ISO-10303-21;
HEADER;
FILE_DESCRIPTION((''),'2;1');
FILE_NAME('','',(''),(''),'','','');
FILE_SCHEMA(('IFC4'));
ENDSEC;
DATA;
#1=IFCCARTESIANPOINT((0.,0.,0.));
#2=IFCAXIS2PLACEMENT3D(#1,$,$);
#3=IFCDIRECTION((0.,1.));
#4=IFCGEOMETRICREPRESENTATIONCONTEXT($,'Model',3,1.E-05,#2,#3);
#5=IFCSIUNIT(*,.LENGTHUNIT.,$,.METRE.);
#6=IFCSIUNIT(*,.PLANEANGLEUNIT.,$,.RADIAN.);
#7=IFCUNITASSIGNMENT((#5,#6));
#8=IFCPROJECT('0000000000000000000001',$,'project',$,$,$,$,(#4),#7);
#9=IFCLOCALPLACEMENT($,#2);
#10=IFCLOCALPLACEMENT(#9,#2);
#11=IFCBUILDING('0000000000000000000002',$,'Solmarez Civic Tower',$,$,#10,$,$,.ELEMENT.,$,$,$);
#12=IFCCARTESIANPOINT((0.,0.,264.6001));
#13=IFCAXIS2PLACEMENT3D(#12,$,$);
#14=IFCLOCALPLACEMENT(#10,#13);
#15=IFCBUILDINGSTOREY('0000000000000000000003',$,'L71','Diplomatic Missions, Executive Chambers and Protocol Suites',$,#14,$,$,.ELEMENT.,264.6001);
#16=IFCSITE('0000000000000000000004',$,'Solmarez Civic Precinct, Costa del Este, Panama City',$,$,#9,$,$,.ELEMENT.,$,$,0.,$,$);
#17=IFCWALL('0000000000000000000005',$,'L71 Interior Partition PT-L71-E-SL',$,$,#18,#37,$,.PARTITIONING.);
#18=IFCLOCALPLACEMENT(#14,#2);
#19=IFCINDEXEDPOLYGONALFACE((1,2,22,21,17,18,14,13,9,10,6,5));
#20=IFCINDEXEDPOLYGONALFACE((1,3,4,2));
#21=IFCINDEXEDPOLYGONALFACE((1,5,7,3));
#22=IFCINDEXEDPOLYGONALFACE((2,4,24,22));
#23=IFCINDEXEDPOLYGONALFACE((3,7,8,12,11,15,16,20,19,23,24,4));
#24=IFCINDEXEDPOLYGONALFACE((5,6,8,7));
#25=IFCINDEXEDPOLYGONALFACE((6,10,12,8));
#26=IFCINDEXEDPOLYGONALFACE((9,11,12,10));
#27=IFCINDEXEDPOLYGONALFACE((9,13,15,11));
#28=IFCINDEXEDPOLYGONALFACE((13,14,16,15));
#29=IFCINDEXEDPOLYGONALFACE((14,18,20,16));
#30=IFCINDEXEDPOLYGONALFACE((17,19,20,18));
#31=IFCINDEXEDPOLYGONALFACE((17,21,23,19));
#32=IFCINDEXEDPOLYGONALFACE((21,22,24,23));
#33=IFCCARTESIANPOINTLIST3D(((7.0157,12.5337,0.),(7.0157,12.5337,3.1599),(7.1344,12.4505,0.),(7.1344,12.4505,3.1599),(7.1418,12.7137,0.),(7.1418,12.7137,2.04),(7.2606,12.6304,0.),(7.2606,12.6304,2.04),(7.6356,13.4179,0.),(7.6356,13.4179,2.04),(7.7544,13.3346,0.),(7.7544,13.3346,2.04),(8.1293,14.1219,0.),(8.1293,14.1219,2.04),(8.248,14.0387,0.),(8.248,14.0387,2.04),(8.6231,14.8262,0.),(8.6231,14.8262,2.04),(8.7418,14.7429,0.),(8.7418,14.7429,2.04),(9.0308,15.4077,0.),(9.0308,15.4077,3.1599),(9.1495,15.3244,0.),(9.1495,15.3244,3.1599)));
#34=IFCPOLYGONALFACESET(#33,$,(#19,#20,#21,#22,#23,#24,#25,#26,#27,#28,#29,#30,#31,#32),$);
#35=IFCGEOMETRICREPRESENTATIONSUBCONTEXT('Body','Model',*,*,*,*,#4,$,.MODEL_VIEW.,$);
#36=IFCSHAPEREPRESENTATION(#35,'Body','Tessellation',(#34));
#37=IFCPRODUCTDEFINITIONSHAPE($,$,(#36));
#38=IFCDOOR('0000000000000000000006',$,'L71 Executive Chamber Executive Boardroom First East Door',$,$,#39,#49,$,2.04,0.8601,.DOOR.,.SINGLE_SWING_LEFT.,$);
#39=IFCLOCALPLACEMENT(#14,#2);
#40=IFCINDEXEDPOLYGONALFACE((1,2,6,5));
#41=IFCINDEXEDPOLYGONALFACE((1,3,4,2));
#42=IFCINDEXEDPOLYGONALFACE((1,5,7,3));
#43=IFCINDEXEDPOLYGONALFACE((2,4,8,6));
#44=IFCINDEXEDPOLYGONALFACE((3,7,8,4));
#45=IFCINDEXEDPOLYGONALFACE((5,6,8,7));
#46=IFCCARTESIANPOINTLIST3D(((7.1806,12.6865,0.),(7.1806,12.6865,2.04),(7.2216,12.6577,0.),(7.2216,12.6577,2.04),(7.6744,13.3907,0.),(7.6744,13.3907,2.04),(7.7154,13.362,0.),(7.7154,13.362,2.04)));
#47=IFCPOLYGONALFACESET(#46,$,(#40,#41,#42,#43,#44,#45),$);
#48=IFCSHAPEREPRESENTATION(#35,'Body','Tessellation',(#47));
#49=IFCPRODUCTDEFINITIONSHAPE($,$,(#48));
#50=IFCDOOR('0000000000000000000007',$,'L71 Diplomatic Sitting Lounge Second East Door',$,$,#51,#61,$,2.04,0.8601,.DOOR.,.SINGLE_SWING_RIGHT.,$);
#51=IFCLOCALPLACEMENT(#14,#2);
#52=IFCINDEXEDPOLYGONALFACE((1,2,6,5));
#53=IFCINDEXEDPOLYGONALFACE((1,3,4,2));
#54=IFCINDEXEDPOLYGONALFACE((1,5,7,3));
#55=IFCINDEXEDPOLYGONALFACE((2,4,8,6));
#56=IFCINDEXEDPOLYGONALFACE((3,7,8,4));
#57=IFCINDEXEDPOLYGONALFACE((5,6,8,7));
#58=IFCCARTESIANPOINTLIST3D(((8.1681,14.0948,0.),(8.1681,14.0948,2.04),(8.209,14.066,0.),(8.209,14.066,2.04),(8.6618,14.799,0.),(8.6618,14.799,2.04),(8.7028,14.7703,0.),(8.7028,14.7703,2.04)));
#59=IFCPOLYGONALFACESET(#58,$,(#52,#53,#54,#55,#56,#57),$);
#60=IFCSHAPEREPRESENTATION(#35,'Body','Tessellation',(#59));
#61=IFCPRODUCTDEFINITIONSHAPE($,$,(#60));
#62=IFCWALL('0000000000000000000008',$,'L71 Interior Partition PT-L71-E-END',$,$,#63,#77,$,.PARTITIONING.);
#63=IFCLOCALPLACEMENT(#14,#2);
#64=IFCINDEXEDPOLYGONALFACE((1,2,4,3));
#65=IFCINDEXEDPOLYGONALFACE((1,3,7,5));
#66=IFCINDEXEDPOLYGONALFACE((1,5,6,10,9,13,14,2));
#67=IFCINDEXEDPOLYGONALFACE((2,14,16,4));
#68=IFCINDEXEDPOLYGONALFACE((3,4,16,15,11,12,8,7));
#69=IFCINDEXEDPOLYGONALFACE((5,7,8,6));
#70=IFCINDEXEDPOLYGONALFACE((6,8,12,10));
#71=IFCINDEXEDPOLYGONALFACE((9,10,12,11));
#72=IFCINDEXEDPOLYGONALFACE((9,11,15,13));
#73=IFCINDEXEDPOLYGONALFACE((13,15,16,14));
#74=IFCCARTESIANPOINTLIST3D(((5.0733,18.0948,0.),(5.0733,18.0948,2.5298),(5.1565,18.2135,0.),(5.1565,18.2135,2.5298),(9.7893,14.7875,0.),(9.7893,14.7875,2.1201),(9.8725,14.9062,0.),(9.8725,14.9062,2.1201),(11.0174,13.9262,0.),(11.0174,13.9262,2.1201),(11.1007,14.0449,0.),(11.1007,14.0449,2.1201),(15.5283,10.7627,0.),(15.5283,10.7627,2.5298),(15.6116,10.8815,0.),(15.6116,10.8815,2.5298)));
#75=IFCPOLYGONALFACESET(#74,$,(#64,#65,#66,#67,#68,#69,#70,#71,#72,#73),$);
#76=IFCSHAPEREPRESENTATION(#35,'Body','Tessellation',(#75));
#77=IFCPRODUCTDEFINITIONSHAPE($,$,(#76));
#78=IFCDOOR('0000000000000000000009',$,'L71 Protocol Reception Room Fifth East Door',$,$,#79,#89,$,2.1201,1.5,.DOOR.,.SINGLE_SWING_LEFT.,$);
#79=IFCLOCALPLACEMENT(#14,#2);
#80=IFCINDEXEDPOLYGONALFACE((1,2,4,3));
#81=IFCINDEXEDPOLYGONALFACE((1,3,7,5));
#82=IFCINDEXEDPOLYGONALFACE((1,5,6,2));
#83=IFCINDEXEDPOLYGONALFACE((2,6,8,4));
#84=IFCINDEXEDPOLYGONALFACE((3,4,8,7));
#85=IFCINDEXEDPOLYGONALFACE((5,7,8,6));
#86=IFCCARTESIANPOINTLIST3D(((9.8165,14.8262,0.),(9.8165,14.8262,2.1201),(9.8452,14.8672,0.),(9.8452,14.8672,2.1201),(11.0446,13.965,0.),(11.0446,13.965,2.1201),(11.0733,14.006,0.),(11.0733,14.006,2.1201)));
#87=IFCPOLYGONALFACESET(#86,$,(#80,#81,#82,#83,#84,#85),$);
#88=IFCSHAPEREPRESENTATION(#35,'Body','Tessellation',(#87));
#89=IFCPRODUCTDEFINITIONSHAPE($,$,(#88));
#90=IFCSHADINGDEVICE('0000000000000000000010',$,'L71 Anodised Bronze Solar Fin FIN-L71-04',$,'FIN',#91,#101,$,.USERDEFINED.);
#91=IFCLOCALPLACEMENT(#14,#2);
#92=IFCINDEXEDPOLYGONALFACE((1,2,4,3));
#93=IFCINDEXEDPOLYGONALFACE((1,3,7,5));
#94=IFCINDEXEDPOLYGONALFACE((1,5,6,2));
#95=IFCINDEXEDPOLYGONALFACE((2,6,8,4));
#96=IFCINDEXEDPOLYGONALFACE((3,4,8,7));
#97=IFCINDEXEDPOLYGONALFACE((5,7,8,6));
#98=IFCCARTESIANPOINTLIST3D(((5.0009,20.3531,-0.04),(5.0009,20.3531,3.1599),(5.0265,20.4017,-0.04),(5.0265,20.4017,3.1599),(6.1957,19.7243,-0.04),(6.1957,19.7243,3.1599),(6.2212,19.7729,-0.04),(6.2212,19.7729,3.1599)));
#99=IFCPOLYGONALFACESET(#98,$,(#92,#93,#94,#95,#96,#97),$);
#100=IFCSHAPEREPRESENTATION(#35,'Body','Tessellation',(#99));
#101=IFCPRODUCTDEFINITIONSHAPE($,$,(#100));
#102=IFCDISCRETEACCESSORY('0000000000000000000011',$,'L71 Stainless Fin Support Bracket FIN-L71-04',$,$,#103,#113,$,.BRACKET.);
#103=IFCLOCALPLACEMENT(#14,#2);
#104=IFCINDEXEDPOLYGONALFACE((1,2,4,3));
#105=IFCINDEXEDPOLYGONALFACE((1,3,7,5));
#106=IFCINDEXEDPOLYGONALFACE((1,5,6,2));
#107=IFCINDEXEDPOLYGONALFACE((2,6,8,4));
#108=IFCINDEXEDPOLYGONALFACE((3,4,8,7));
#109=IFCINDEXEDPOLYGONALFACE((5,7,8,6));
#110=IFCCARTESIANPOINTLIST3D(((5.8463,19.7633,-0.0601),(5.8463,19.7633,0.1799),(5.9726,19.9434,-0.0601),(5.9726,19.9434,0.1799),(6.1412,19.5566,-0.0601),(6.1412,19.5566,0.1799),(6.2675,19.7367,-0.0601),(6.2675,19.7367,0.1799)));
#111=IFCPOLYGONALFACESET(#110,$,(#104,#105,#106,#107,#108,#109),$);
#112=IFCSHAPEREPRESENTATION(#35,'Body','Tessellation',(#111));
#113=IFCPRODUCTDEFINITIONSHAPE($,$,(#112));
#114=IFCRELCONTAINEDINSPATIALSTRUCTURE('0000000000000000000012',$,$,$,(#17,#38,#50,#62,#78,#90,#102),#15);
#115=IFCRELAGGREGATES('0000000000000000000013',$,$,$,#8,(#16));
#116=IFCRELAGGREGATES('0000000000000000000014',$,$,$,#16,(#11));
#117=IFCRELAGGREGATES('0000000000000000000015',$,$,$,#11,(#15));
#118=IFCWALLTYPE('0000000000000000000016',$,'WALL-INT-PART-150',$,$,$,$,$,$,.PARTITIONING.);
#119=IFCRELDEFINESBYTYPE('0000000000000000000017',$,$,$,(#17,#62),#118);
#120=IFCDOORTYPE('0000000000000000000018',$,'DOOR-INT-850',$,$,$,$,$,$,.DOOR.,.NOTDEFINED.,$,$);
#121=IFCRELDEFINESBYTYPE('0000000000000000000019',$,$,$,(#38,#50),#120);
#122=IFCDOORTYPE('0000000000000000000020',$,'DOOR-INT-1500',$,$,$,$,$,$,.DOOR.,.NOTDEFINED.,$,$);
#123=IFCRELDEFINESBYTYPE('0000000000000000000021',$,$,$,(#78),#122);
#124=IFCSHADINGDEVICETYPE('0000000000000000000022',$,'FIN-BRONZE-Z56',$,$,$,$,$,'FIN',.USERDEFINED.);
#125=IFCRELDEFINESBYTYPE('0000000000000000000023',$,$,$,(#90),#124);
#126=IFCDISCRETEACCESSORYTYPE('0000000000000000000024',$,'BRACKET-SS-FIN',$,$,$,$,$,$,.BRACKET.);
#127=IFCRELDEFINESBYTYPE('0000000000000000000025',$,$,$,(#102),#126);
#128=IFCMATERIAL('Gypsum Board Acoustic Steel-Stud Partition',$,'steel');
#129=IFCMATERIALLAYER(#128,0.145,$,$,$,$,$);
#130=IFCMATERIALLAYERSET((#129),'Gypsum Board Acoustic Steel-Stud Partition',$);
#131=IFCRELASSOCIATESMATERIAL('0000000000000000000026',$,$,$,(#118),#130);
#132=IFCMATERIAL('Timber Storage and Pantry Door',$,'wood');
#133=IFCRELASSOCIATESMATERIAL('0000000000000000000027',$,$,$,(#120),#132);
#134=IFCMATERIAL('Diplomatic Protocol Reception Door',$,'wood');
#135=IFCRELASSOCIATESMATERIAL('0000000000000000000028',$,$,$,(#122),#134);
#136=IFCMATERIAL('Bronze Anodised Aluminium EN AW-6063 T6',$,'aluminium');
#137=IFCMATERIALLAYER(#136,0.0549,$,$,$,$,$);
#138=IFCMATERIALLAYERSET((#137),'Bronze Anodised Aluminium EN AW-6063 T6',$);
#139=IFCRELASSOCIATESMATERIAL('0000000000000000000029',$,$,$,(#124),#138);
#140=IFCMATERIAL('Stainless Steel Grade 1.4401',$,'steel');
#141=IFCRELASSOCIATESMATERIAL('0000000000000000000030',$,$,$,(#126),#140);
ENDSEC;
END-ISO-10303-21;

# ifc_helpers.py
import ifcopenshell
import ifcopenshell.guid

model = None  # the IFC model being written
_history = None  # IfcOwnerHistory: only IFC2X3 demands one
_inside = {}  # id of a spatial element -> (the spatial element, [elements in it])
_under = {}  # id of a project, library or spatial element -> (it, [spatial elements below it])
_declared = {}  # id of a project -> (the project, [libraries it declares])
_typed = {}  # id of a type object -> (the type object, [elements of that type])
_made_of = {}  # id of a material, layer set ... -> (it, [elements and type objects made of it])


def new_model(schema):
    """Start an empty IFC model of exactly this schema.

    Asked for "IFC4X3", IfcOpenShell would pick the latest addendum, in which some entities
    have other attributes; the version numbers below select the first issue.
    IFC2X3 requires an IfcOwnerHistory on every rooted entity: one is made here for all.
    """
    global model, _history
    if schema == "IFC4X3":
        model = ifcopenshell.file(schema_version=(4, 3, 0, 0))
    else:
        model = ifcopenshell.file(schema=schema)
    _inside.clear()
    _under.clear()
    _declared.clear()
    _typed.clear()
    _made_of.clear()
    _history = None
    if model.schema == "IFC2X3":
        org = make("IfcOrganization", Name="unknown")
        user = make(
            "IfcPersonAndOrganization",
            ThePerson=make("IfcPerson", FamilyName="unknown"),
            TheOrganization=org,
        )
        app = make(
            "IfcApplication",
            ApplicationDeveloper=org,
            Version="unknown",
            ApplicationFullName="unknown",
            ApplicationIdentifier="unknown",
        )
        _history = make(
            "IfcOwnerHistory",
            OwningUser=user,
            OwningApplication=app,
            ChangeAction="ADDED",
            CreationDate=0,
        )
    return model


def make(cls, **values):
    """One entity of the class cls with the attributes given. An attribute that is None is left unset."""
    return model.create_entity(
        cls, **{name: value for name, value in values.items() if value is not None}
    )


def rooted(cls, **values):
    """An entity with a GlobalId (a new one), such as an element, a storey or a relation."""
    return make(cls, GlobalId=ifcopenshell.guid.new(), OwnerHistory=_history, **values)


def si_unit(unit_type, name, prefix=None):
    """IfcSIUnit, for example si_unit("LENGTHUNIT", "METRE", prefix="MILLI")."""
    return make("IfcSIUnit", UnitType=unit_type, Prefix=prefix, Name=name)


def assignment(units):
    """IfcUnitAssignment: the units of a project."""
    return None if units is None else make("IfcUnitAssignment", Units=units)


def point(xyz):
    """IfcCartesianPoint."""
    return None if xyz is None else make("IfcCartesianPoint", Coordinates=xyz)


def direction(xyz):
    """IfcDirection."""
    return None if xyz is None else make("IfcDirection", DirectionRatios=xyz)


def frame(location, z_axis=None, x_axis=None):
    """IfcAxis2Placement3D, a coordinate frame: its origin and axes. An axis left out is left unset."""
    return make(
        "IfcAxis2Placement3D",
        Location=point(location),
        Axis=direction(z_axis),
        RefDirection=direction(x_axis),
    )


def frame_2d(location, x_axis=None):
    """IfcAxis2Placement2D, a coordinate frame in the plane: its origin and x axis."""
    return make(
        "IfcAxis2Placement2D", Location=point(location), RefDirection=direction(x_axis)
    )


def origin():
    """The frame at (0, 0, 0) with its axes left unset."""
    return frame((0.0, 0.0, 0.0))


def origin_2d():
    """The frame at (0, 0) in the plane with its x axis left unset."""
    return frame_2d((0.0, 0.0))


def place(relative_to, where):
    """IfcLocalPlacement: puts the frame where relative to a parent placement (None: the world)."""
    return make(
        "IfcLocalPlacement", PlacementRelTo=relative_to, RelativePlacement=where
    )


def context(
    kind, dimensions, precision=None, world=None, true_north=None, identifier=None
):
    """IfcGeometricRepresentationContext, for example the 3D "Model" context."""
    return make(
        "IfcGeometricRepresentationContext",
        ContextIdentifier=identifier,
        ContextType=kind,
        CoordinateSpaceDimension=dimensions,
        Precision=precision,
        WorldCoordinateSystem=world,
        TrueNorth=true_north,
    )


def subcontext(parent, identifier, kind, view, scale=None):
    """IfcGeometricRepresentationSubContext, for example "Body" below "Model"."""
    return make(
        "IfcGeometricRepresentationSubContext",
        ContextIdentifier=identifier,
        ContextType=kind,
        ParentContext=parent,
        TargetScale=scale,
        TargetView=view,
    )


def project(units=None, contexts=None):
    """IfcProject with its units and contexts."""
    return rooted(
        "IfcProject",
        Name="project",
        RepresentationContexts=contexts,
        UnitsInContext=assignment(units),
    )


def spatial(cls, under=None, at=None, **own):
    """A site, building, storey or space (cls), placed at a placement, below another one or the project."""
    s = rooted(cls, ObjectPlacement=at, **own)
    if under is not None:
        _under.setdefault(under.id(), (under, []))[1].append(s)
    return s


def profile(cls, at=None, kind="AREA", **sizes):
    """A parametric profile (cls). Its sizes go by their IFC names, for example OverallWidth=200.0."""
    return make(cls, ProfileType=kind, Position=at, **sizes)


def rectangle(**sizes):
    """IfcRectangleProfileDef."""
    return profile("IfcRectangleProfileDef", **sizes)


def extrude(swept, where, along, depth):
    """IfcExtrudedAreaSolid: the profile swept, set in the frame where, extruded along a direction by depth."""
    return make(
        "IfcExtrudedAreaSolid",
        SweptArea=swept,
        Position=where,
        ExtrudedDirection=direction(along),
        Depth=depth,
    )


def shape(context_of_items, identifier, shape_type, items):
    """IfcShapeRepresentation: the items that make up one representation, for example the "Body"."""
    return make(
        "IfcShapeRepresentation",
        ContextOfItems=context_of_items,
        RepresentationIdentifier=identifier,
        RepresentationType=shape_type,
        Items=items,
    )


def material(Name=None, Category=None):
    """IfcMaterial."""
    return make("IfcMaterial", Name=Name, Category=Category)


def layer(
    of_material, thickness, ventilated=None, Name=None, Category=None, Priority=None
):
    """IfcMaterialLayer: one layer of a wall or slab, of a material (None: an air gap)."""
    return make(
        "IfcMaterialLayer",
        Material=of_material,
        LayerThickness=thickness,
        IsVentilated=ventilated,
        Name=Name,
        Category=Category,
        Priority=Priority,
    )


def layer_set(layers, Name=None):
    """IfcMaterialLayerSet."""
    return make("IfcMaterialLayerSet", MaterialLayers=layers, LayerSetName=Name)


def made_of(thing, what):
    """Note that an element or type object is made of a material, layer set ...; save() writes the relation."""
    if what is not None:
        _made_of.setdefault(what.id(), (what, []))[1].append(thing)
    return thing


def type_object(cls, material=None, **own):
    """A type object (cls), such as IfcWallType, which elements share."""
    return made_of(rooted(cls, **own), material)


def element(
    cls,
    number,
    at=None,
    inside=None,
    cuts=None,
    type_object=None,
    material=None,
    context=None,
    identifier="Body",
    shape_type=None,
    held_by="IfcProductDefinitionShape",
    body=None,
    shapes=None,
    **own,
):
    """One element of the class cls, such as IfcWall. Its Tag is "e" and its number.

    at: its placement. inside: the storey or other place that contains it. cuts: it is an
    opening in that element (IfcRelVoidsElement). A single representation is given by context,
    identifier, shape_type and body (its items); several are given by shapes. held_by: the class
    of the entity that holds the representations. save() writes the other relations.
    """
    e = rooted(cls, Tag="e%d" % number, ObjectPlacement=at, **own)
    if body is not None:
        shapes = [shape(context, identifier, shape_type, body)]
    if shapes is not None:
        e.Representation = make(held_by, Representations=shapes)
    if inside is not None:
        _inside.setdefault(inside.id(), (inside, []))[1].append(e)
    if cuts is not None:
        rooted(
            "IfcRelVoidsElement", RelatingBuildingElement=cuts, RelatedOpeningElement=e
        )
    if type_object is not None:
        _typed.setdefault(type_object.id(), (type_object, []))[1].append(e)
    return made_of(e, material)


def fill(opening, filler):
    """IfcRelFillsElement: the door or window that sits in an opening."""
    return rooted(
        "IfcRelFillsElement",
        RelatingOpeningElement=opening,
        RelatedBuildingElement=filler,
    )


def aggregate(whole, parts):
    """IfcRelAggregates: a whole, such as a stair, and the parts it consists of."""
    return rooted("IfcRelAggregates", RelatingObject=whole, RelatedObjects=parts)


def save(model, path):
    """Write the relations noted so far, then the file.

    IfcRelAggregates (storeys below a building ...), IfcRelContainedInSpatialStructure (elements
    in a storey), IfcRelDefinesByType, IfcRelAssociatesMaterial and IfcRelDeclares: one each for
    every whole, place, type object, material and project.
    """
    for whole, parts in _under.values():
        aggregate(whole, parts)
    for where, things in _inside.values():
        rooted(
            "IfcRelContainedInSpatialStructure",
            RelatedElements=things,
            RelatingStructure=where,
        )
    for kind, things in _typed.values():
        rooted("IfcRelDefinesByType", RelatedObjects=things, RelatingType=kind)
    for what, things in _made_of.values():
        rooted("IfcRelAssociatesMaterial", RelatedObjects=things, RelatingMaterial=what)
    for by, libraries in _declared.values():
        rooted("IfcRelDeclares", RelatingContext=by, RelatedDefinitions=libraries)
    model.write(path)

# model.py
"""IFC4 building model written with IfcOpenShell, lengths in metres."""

from ifc_helpers import new_model, si_unit, direction, frame, frame_2d, origin, origin_2d, place, context, subcontext, project, spatial, rectangle, extrude, material, layer, layer_set, type_object, element, fill, save


model = new_model("IFC4")

# Units and contexts
model_context = context("Model", 3, precision=1e-05, world=origin(), true_north=direction((0.0, 1.0)))
body_context = subcontext(model_context, "Body", "Model", "MODEL_VIEW")
ifc_project = project(units=[si_unit("LENGTHUNIT", "METRE"), si_unit("PLANEANGLEUNIT", "RADIAN")], contexts=[model_context])

# Site, building, storey
site_placement = place(None, origin())
site = spatial("IfcSite", under=ifc_project, at=site_placement, Name="Solmarez Civic Precinct, Costa del Este, Panama City", CompositionType="ELEMENT", RefElevation=0.0)
building_placement = place(site_placement, origin())
building = spatial("IfcBuilding", under=site, at=building_placement, Name="Solmarez Civic Tower", CompositionType="ELEMENT")
storey_placement = place(building_placement, frame((0.0, 0.0, 264.6001)))
storey = spatial("IfcBuildingStorey", under=building, at=storey_placement, Name="L71", Description="Diplomatic Missions, Executive Chambers and Protocol Suites", CompositionType="ELEMENT", Elevation=264.6001)

# Shared definitions
ifc_material_1 = material(Name="Gypsum Board Acoustic Steel-Stud Partition", Category="steel")
ifc_layer_1 = layer(ifc_material_1, 0.145)
ifc_layer_set_1 = layer_set([ifc_layer_1], Name="Gypsum Board Acoustic Steel-Stud Partition")
wall_type_1 = type_object("IfcWallType", Name="WALL-INT-PART-150", PredefinedType="PARTITIONING", material=ifc_layer_set_1)

# Wall, openings, doors
wall_1_placement = place(storey_placement, frame((9.0901, 15.366, 0.0), z_axis=(0.0, 0.0, 1.0), x_axis=(-0.574097, -0.818787, 0.0)))
wall_1 = element("IfcWall", 1, at=wall_1_placement, inside=storey, type_object=wall_type_1, Name="L71 Interior Partition PT-L71-E-SL", PredefinedType="PARTITIONING", context=body_context, shape_type="SweptSolid", body=[
    extrude(rectangle(XDim=3.51, YDim=0.145, at=frame_2d((1.7549, 0.0))), origin(), (0.0, 0.0, 1.0), 3.1599),
])
opening_1_placement = place(wall_1_placement, frame((2.4299, 0.0, 0.0)))
opening_1 = element("IfcOpeningElement", 2, at=opening_1_placement, cuts=wall_1, PredefinedType="OPENING", context=body_context, shape_type="SweptSolid", body=[
    extrude(rectangle(XDim=0.8601, YDim=2.04, at=frame_2d((0.4302, 1.02))), frame((0.0, 0.0825, 0.0), z_axis=(0.0, -1.0, 0.0), x_axis=(1.0, 0.0, 0.0)), (0.0, 0.0, 1.0), 0.165),
])
opening_2_placement = place(wall_1_placement, frame((0.71, 0.0, 0.0)))
opening_2 = element("IfcOpeningElement", 3, at=opening_2_placement, cuts=wall_1, PredefinedType="OPENING", context=body_context, shape_type="SweptSolid", body=[
    extrude(rectangle(XDim=0.8601, YDim=2.04, at=frame_2d((0.4302, 1.02))), frame((0.0, 0.0825, 0.0), z_axis=(0.0, -1.0, 0.0), x_axis=(1.0, 0.0, 0.0)), (0.0, 0.0, 1.0), 0.165),
])
ifc_material_2 = material(Name="Timber Storage and Pantry Door", Category="wood")
door_type_1 = type_object("IfcDoorType", Name="DOOR-INT-850", OperationType="NOTDEFINED", PredefinedType="DOOR", material=ifc_material_2)
door_1_placement = place(opening_1_placement, origin())
door_1 = element("IfcDoor", 4, at=door_1_placement, inside=storey, type_object=door_type_1, Name="L71 Executive Chamber Executive Boardroom First East Door", OperationType="SINGLE_SWING_LEFT", OverallHeight=2.04, OverallWidth=0.8601, PredefinedType="DOOR", context=body_context, shape_type="SweptSolid", body=[
    extrude(rectangle(XDim=0.8601, YDim=2.04, at=frame_2d((0.4302, 1.02))), frame((0.0, 0.0249, 0.0), z_axis=(0.0, -1.0, 0.0), x_axis=(1.0, 0.0, 0.0)), (0.0, 0.0, 1.0), 0.05),
])
fill(opening_1, door_1)
door_2_placement = place(opening_2_placement, origin())
door_2 = element("IfcDoor", 5, at=door_2_placement, inside=storey, type_object=door_type_1, Name="L71 Diplomatic Sitting Lounge Second East Door", OperationType="SINGLE_SWING_RIGHT", OverallHeight=2.04, OverallWidth=0.8601, PredefinedType="DOOR", context=body_context, shape_type="SweptSolid", body=[
    extrude(rectangle(XDim=0.8601, YDim=2.04, at=frame_2d((0.4302, 1.02))), frame((0.0, 0.0249, 0.0), z_axis=(0.0, -1.0, 0.0), x_axis=(1.0, 0.0, 0.0)), (0.0, 0.0, 1.0), 0.05),
])
fill(opening_2, door_2)

# Wall, opening, door
wall_2_placement = place(storey_placement, frame((5.115, 18.1541, 0.0), z_axis=(0.0, 0.0, 1.0), x_axis=(0.818736, -0.57417, 0.0)))
wall_2 = element("IfcWall", 6, at=wall_2_placement, inside=storey, type_object=wall_type_1, Name="L71 Interior Partition PT-L71-E-END", PredefinedType="PARTITIONING", context=body_context, shape_type="SweptSolid", body=[
    extrude(rectangle(XDim=12.7698, YDim=0.145, at=frame_2d((6.3848, 0.0))), origin(), (0.0, 0.0, 1.0), 2.5298),
])
opening_3_placement = place(wall_2_placement, frame((5.76, 0.0, 0.0)))
opening_3 = element("IfcOpeningElement", 7, at=opening_3_placement, cuts=wall_2, PredefinedType="OPENING", context=body_context, shape_type="SweptSolid", body=[
    extrude(rectangle(XDim=1.5, YDim=2.1201, at=frame_2d((0.75, 1.0601))), frame((0.0, 0.0825, 0.0), z_axis=(0.0, -1.0, 0.0), x_axis=(1.0, 0.0, 0.0)), (0.0, 0.0, 1.0), 0.165),
])
ifc_material_3 = material(Name="Diplomatic Protocol Reception Door", Category="wood")
door_type_2 = type_object("IfcDoorType", Name="DOOR-INT-1500", OperationType="NOTDEFINED", PredefinedType="DOOR", material=ifc_material_3)
door_3_placement = place(opening_3_placement, origin())
door_3 = element("IfcDoor", 8, at=door_3_placement, inside=storey, type_object=door_type_2, Name="L71 Protocol Reception Room Fifth East Door", OperationType="SINGLE_SWING_LEFT", OverallHeight=2.1201, OverallWidth=1.5, PredefinedType="DOOR", context=body_context, shape_type="SweptSolid", body=[
    extrude(rectangle(XDim=1.5, YDim=2.1201, at=frame_2d((0.75, 1.0601))), frame((0.0, 0.0249, 0.0), z_axis=(0.0, -1.0, 0.0), x_axis=(1.0, 0.0, 0.0)), (0.0, 0.0, 1.0), 0.05),
])
fill(opening_3, door_3)

# Shading device
ifc_material_4 = material(Name="Bronze Anodised Aluminium EN AW-6063 T6", Category="aluminium")
ifc_layer_2 = layer(ifc_material_4, 0.0549)
ifc_layer_set_2 = layer_set([ifc_layer_2], Name="Bronze Anodised Aluminium EN AW-6063 T6")
shading_device_type = type_object("IfcShadingDeviceType", Name="FIN-BRONZE-Z56", ElementType="FIN", PredefinedType="USERDEFINED", material=ifc_layer_set_2)
shading_device_placement = place(storey_placement, frame((5.6111, 20.063, -0.04), z_axis=(0.0, 0.0, 1.0), x_axis=(-0.884923, 0.465738, 0.0)))
element("IfcShadingDevice", 9, at=shading_device_placement, inside=storey, type_object=shading_device_type, Name="L71 Anodised Bronze Solar Fin FIN-L71-04", ObjectType="FIN", PredefinedType="USERDEFINED", context=body_context, shape_type="SweptSolid", body=[
    extrude(rectangle(XDim=1.3501, YDim=0.0549, at=origin_2d()), origin(), (0.0, 0.0, 1.0), 3.2),
])

# Discrete accessory
ifc_material_5 = material(Name="Stainless Steel Grade 1.4401", Category="steel")
discrete_accessory_type = type_object("IfcDiscreteAccessoryType", Name="BRACKET-SS-FIN", PredefinedType="BRACKET", material=ifc_material_5)
discrete_accessory_placement = place(storey_placement, frame((6.0569, 19.75, -0.0601), z_axis=(0.0, 0.0, 1.0), x_axis=(-0.818735, 0.574171, 0.0)))
element("IfcDiscreteAccessory", 10, at=discrete_accessory_placement, inside=storey, type_object=discrete_accessory_type, Name="L71 Stainless Fin Support Bracket FIN-L71-04", PredefinedType="BRACKET", context=body_context, shape_type="SweptSolid", body=[
    extrude(rectangle(XDim=0.3601, YDim=0.22, at=origin_2d()), origin(), (0.0, 0.0, 1.0), 0.24),
])

save(model, "model.ifc")
